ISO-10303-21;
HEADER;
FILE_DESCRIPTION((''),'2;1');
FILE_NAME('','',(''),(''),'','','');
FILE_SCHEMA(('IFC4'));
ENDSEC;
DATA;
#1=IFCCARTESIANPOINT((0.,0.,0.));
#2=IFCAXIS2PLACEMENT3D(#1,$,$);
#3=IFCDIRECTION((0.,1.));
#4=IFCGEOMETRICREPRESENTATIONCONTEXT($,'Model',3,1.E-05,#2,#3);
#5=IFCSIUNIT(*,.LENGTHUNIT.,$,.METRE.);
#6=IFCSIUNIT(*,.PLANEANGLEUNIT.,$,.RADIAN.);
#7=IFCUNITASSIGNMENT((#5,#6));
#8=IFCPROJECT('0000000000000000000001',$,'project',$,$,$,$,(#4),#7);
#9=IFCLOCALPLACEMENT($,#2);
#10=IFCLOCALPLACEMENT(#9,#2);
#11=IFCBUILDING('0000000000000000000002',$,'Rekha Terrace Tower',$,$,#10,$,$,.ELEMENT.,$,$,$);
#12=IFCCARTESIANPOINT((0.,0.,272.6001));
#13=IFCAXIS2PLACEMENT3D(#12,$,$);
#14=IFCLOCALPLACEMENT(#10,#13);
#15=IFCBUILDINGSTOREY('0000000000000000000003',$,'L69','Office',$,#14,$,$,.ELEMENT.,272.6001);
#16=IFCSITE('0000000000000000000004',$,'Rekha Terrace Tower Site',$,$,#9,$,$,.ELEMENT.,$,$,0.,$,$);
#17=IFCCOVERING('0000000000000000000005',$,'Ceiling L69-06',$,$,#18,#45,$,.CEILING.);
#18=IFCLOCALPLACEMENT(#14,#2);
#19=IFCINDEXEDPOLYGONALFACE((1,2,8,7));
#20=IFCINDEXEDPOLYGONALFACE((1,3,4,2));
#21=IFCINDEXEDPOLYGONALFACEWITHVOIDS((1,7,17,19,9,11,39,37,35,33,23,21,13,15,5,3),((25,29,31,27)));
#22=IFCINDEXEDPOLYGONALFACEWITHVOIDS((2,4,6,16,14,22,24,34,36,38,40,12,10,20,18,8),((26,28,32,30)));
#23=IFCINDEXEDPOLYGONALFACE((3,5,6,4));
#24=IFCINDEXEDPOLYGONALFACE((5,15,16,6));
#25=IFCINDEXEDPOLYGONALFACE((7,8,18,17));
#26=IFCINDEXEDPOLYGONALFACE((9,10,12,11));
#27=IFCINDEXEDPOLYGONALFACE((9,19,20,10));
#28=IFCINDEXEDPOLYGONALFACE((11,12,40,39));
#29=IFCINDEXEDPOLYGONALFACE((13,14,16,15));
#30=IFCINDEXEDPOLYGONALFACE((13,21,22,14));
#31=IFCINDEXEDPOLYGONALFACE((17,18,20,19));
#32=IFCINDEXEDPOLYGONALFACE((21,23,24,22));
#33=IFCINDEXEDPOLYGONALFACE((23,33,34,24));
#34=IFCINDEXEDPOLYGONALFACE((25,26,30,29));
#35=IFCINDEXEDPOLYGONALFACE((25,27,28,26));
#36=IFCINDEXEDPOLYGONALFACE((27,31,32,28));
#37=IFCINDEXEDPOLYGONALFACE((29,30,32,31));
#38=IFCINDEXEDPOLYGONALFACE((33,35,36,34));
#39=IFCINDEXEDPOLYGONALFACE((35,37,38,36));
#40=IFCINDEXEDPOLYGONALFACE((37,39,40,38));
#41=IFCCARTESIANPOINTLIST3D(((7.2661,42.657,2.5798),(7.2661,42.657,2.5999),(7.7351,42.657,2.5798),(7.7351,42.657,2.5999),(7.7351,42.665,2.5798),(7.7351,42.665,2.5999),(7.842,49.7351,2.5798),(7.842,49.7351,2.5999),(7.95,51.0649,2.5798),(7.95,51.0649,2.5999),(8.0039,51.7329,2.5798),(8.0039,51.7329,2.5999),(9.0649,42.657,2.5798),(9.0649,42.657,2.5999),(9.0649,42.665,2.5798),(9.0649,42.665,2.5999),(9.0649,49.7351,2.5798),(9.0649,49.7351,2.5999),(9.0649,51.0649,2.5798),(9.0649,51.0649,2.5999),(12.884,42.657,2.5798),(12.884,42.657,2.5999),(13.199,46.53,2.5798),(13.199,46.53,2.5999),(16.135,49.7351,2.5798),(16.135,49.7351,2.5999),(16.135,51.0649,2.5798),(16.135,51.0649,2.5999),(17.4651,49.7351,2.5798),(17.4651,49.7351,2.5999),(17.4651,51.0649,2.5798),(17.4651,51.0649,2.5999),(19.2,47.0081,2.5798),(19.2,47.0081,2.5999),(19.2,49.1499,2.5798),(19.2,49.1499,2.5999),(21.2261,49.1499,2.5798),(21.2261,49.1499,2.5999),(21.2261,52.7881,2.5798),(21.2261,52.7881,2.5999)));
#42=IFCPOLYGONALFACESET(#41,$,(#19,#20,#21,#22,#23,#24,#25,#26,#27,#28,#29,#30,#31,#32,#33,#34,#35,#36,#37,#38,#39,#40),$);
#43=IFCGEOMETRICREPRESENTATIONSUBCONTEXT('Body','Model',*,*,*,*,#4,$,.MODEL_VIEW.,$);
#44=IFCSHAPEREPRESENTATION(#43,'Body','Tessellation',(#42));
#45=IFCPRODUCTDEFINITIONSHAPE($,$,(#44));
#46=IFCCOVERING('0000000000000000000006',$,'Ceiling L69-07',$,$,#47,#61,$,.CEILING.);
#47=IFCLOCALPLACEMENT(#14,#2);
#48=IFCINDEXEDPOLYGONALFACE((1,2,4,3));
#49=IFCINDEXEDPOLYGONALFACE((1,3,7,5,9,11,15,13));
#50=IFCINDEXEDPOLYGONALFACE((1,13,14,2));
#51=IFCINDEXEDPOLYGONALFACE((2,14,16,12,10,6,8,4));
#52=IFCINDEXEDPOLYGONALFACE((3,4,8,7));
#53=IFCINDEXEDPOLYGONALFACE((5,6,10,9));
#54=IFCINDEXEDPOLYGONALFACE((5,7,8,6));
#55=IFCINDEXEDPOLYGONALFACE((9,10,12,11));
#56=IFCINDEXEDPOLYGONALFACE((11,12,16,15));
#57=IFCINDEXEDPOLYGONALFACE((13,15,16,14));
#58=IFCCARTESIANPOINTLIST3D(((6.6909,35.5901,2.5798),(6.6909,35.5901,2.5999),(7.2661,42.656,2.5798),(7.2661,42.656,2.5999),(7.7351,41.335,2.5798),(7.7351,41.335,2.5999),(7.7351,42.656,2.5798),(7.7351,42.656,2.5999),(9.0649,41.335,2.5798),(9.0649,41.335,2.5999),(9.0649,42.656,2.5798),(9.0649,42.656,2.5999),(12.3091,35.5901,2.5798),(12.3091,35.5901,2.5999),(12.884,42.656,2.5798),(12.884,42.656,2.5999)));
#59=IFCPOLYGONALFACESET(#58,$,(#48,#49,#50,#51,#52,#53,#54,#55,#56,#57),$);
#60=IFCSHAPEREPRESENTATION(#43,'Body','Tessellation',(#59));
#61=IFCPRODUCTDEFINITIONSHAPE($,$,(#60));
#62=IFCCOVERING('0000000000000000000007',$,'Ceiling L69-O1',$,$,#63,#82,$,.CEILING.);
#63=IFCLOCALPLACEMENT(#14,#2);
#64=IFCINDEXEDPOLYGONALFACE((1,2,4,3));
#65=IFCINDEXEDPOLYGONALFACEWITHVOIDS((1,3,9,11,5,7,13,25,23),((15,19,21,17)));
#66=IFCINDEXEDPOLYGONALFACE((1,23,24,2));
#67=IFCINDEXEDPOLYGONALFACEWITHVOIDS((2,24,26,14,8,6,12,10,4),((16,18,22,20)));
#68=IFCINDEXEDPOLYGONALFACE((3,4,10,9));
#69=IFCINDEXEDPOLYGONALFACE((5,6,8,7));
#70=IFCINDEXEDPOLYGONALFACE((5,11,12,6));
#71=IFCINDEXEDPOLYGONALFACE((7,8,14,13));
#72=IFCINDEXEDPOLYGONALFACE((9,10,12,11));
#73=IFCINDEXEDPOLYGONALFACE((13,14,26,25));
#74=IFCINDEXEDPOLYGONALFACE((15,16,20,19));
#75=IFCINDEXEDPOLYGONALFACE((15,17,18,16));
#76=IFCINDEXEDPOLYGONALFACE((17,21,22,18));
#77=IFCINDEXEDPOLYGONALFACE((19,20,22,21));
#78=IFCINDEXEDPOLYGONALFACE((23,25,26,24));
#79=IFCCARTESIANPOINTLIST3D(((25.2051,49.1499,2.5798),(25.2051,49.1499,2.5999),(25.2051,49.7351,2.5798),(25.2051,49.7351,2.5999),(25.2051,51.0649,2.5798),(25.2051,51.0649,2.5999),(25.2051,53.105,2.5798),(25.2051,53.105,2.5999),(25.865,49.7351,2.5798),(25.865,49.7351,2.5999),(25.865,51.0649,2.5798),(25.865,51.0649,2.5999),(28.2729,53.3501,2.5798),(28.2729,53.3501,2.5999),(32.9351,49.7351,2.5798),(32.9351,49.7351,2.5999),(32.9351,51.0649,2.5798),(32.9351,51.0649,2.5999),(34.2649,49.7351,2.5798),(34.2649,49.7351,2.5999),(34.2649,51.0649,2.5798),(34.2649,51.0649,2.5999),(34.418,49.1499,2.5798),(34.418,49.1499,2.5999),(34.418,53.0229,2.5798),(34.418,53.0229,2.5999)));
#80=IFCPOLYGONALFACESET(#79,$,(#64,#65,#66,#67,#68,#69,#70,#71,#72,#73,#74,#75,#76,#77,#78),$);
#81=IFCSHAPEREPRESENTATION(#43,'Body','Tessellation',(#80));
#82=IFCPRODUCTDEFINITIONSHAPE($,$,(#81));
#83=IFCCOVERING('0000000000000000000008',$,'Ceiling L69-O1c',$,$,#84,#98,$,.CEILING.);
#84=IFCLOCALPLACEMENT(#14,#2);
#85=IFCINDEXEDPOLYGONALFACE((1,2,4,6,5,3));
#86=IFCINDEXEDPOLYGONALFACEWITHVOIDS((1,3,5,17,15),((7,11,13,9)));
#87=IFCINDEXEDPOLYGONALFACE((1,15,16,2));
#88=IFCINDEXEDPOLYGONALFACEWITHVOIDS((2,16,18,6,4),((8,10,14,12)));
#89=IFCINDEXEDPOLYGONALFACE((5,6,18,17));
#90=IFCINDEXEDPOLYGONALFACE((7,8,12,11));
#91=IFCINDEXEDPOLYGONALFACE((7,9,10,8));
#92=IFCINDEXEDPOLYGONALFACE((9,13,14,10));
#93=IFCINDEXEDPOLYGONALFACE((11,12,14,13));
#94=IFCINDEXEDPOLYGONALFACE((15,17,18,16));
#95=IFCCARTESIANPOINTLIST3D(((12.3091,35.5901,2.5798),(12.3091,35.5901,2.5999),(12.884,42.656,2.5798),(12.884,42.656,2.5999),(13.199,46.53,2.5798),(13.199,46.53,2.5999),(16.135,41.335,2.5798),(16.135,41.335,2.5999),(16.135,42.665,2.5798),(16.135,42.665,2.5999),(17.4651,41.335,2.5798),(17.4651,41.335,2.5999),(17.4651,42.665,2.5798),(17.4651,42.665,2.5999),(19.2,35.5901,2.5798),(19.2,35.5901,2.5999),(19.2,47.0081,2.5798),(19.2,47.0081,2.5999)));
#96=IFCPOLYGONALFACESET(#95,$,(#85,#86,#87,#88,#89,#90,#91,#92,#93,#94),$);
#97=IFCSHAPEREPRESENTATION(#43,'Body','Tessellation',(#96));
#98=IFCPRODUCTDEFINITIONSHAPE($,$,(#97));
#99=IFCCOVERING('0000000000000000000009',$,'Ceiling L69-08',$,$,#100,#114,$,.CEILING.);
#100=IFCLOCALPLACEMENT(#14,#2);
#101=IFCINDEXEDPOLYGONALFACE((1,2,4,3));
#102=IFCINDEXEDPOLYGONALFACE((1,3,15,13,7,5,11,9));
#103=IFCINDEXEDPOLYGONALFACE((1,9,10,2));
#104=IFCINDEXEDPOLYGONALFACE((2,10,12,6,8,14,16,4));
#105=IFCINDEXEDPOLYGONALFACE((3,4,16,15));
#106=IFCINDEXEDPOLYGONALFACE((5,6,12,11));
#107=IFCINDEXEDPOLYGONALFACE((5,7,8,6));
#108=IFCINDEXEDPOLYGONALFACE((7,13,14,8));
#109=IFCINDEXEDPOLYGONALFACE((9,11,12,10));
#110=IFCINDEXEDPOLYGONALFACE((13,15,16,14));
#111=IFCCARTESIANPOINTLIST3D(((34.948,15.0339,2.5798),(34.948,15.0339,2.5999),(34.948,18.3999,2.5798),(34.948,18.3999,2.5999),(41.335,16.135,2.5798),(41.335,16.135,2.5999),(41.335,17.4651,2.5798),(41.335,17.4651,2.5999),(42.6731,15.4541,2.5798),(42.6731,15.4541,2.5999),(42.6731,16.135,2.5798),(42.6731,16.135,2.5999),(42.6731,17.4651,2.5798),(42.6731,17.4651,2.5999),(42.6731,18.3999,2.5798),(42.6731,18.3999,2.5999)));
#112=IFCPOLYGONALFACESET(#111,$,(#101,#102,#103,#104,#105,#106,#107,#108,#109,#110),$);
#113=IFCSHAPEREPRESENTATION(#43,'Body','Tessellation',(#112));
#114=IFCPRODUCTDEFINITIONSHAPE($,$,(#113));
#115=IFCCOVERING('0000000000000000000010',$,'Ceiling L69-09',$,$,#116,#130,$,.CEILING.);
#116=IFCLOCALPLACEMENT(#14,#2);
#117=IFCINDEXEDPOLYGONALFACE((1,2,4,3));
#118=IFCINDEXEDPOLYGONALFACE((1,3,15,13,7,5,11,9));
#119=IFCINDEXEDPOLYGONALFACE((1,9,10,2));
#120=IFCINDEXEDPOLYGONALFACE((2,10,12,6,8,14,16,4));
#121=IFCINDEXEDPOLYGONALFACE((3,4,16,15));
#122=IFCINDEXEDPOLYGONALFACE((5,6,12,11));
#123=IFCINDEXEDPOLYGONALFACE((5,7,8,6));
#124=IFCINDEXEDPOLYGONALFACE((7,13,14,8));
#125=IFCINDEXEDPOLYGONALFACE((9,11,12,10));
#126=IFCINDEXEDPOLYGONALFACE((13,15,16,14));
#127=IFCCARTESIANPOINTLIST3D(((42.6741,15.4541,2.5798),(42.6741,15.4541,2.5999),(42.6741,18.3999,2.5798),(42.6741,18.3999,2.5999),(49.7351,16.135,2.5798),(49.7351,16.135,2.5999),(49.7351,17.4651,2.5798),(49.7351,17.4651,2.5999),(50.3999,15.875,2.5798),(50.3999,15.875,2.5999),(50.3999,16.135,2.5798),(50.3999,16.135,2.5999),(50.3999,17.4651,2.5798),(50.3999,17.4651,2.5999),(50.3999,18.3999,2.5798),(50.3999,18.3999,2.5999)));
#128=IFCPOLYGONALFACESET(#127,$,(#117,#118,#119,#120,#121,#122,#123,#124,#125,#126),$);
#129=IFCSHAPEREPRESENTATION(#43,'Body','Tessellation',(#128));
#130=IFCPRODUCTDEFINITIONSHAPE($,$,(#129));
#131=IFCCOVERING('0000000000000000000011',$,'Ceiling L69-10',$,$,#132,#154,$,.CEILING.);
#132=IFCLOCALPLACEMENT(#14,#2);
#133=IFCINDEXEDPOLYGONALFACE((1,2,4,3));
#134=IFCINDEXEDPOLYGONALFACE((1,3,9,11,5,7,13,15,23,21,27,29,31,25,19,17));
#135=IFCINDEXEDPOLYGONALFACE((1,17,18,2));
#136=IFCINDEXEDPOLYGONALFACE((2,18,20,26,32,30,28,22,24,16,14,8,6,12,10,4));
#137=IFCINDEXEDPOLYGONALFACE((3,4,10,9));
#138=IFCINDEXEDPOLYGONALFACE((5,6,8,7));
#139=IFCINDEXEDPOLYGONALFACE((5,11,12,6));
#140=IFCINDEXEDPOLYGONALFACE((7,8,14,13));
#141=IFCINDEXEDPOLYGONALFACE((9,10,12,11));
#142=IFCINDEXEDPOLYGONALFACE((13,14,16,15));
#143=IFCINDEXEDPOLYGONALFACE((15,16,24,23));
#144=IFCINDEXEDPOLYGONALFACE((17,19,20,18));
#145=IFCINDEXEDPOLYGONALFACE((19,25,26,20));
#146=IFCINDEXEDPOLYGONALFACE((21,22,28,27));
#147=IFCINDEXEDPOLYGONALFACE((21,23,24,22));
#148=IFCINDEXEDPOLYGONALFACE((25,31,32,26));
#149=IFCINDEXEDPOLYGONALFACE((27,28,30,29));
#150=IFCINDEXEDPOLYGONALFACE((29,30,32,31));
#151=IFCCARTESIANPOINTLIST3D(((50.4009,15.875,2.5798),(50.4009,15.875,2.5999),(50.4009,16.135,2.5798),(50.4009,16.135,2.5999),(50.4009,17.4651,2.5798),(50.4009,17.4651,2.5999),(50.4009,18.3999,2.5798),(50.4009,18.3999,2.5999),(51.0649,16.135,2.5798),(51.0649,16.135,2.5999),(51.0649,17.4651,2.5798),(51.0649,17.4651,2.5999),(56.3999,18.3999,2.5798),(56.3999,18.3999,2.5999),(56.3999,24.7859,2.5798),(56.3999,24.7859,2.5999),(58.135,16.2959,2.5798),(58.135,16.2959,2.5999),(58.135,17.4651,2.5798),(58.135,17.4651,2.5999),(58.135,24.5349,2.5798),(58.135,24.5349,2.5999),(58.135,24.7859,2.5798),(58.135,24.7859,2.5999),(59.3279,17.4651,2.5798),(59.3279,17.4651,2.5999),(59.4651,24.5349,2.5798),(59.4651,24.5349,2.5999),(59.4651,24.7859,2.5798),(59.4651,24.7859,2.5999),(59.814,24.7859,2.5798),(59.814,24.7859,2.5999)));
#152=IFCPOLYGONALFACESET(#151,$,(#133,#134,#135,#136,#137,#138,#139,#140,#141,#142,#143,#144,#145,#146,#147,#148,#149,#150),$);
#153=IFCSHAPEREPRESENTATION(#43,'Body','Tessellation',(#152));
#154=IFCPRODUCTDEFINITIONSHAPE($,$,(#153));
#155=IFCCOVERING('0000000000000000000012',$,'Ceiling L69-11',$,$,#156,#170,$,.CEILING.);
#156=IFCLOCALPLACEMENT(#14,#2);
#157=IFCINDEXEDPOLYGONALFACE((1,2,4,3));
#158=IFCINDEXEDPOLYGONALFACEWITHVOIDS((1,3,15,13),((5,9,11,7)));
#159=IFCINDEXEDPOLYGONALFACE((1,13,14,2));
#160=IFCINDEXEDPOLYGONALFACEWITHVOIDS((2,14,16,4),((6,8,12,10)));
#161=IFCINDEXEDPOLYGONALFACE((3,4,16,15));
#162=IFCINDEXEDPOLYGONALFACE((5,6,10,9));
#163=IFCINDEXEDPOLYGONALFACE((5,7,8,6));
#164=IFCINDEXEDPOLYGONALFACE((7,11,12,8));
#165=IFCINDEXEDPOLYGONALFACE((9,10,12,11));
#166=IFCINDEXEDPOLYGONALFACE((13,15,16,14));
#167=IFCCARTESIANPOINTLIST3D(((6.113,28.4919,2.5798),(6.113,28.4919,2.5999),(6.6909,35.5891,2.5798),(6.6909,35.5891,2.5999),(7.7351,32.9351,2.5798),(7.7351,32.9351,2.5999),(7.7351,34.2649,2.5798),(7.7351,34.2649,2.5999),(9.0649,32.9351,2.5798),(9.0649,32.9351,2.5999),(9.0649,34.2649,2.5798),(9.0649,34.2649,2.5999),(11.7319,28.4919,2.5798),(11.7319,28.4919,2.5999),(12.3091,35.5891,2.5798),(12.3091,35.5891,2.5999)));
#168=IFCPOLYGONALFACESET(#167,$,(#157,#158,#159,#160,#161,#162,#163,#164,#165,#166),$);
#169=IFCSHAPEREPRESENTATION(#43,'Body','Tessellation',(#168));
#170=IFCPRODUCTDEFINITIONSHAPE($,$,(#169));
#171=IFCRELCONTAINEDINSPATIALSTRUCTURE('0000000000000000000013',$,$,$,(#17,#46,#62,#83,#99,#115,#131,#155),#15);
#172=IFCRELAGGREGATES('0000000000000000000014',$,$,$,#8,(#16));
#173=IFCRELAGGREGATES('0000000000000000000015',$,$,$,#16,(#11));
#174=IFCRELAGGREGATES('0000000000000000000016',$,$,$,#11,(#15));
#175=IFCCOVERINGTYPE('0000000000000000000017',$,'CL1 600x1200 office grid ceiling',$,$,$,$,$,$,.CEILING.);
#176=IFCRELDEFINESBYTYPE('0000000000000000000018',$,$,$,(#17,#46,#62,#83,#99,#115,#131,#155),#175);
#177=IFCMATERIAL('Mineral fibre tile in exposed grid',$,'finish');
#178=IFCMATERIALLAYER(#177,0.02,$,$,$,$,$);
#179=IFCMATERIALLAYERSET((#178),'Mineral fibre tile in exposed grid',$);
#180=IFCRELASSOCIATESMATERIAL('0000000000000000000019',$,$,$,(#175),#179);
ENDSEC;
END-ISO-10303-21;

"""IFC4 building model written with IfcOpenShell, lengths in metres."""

from ifc_helpers import new_model, si_unit, direction, frame, origin, place, context, subcontext, project, spatial, polyline, outline, extrude, material, layer, layer_set, type_object, element, save


model = new_model("IFC4")

# Units and contexts
model_context = context("Model", 3, precision=1e-05, world=origin(), true_north=direction((0.0, 1.0)))
body_context = subcontext(model_context, "Body", "Model", "MODEL_VIEW")
ifc_project = project(units=[si_unit("LENGTHUNIT", "METRE"), si_unit("PLANEANGLEUNIT", "RADIAN")], contexts=[model_context])

# Site, building, storey
site_placement = place(None, origin())
site = spatial("IfcSite", under=ifc_project, at=site_placement, Name="Rekha Terrace Tower Site", CompositionType="ELEMENT", RefElevation=0.0)
building_placement = place(site_placement, origin())
building = spatial("IfcBuilding", under=site, at=building_placement, Name="Rekha Terrace Tower", CompositionType="ELEMENT")
storey_placement = place(building_placement, frame((0.0, 0.0, 272.6001)))
storey = spatial("IfcBuildingStorey", under=building, at=storey_placement, Name="L69", Description="Office", CompositionType="ELEMENT", Elevation=272.6001)

# Coverings
ifc_material_1 = material(Name="Mineral fibre tile in exposed grid", Category="finish")
ifc_layer_1 = layer(ifc_material_1, 0.02)
ifc_layer_set_1 = layer_set([ifc_layer_1], Name="Mineral fibre tile in exposed grid")
covering_type_1 = type_object("IfcCoveringType", Name="CL1 600x1200 office grid ceiling", PredefinedType="CEILING", material=ifc_layer_set_1)
covering_1_placement = place(storey_placement, frame((0.0, 0.0, 2.5798)))
element("IfcCovering", 1, at=covering_1_placement, inside=storey, type_object=covering_type_1, Name="Ceiling L69-06", PredefinedType="CEILING", context=body_context, shape_type="SweptSolid", body=[
    extrude(outline(polyline([(7.2661, 42.657), (7.7351, 42.657), (7.7351, 42.665), (9.0649, 42.665), (9.0649, 42.657), (12.884, 42.657), (13.199, 46.53), (19.2, 47.0081), (19.2, 49.1499), (21.2261, 49.1499), (21.2261, 52.7881), (8.0039, 51.7329), (7.95, 51.0649), (9.0649, 51.0649), (9.0649, 49.7351), (7.842, 49.7351), (7.2661, 42.657)]), holes=[polyline([(17.4651, 49.7351), (16.135, 49.7351), (16.135, 51.0649), (17.4651, 51.0649), (17.4651, 49.7351)])]), origin(), (0.0, 0.0, 1.0), 0.02),
])
covering_2_placement = place(storey_placement, frame((0.0, 0.0, 2.5798)))
element("IfcCovering", 2, at=covering_2_placement, inside=storey, type_object=covering_type_1, Name="Ceiling L69-07", PredefinedType="CEILING", context=body_context, shape_type="SweptSolid", body=[
    extrude(outline(polyline([(7.7351, 42.656), (7.2661, 42.656), (6.6909, 35.5901), (12.3091, 35.5901), (12.884, 42.656), (9.0649, 42.656), (9.0649, 41.335), (7.7351, 41.335), (7.7351, 42.656)])), origin(), (0.0, 0.0, 1.0), 0.02),
])
covering_3_placement = place(storey_placement, frame((0.0, 0.0, 2.5798)))
element("IfcCovering", 3, at=covering_3_placement, inside=storey, type_object=covering_type_1, Name="Ceiling L69-O1", PredefinedType="CEILING", context=body_context, shape_type="SweptSolid", body=[
    extrude(outline(polyline([(25.2051, 49.7351), (25.2051, 49.1499), (34.418, 49.1499), (34.418, 53.0229), (28.2729, 53.3501), (25.2051, 53.105), (25.2051, 51.0649), (25.865, 51.0649), (25.865, 49.7351), (25.2051, 49.7351)]), holes=[polyline([(34.2649, 49.7351), (32.9351, 49.7351), (32.9351, 51.0649), (34.2649, 51.0649), (34.2649, 49.7351)])]), origin(), (0.0, 0.0, 1.0), 0.02),
])
covering_4_placement = place(storey_placement, frame((0.0, 0.0, 2.5798)))
element("IfcCovering", 4, at=covering_4_placement, inside=storey, type_object=covering_type_1, Name="Ceiling L69-O1c", PredefinedType="CEILING", context=body_context, shape_type="SweptSolid", body=[
    extrude(outline(polyline([(13.199, 46.53), (12.884, 42.656), (12.3091, 35.5901), (19.2, 35.5901), (19.2, 47.0081), (13.199, 46.53)]), holes=[polyline([(17.4651, 41.335), (16.135, 41.335), (16.135, 42.665), (17.4651, 42.665), (17.4651, 41.335)])]), origin(), (0.0, 0.0, 1.0), 0.02),
])
covering_5_placement = place(storey_placement, frame((0.0, 0.0, 2.5798)))
element("IfcCovering", 5, at=covering_5_placement, inside=storey, type_object=covering_type_1, Name="Ceiling L69-08", PredefinedType="CEILING", context=body_context, shape_type="SweptSolid", body=[
    extrude(outline(polyline([(34.948, 18.3999), (34.948, 15.0339), (42.6731, 15.4541), (42.6731, 16.135), (41.335, 16.135), (41.335, 17.4651), (42.6731, 17.4651), (42.6731, 18.3999), (34.948, 18.3999)])), origin(), (0.0, 0.0, 1.0), 0.02),
])
covering_6_placement = place(storey_placement, frame((0.0, 0.0, 2.5798)))
element("IfcCovering", 6, at=covering_6_placement, inside=storey, type_object=covering_type_1, Name="Ceiling L69-09", PredefinedType="CEILING", context=body_context, shape_type="SweptSolid", body=[
    extrude(outline(polyline([(42.6741, 18.3999), (42.6741, 15.4541), (50.3999, 15.875), (50.3999, 16.135), (49.7351, 16.135), (49.7351, 17.4651), (50.3999, 17.4651), (50.3999, 18.3999), (42.6741, 18.3999)])), origin(), (0.0, 0.0, 1.0), 0.02),
])
covering_7_placement = place(storey_placement, frame((0.0, 0.0, 2.5798)))
element("IfcCovering", 7, at=covering_7_placement, inside=storey, type_object=covering_type_1, Name="Ceiling L69-10", PredefinedType="CEILING", context=body_context, shape_type="SweptSolid", body=[
    extrude(outline(polyline([(58.135, 24.5349), (58.135, 24.7859), (56.3999, 24.7859), (56.3999, 18.3999), (50.4009, 18.3999), (50.4009, 17.4651), (51.0649, 17.4651), (51.0649, 16.135), (50.4009, 16.135), (50.4009, 15.875), (58.135, 16.2959), (58.135, 17.4651), (59.3279, 17.4651), (59.814, 24.7859), (59.4651, 24.7859), (59.4651, 24.5349), (58.135, 24.5349)])), origin(), (0.0, 0.0, 1.0), 0.02),
])
covering_8_placement = place(storey_placement, frame((0.0, 0.0, 2.5798)))
element("IfcCovering", 8, at=covering_8_placement, inside=storey, type_object=covering_type_1, Name="Ceiling L69-11", PredefinedType="CEILING", context=body_context, shape_type="SweptSolid", body=[
    extrude(outline(polyline([(11.7319, 28.4919), (12.3091, 35.5891), (6.6909, 35.5891), (6.113, 28.4919), (11.7319, 28.4919)]), holes=[polyline([(9.0649, 34.2649), (9.0649, 32.9351), (7.7351, 32.9351), (7.7351, 34.2649), (9.0649, 34.2649)])]), origin(), (0.0, 0.0, 1.0), 0.02),
])

save(model, "model.ifc")
